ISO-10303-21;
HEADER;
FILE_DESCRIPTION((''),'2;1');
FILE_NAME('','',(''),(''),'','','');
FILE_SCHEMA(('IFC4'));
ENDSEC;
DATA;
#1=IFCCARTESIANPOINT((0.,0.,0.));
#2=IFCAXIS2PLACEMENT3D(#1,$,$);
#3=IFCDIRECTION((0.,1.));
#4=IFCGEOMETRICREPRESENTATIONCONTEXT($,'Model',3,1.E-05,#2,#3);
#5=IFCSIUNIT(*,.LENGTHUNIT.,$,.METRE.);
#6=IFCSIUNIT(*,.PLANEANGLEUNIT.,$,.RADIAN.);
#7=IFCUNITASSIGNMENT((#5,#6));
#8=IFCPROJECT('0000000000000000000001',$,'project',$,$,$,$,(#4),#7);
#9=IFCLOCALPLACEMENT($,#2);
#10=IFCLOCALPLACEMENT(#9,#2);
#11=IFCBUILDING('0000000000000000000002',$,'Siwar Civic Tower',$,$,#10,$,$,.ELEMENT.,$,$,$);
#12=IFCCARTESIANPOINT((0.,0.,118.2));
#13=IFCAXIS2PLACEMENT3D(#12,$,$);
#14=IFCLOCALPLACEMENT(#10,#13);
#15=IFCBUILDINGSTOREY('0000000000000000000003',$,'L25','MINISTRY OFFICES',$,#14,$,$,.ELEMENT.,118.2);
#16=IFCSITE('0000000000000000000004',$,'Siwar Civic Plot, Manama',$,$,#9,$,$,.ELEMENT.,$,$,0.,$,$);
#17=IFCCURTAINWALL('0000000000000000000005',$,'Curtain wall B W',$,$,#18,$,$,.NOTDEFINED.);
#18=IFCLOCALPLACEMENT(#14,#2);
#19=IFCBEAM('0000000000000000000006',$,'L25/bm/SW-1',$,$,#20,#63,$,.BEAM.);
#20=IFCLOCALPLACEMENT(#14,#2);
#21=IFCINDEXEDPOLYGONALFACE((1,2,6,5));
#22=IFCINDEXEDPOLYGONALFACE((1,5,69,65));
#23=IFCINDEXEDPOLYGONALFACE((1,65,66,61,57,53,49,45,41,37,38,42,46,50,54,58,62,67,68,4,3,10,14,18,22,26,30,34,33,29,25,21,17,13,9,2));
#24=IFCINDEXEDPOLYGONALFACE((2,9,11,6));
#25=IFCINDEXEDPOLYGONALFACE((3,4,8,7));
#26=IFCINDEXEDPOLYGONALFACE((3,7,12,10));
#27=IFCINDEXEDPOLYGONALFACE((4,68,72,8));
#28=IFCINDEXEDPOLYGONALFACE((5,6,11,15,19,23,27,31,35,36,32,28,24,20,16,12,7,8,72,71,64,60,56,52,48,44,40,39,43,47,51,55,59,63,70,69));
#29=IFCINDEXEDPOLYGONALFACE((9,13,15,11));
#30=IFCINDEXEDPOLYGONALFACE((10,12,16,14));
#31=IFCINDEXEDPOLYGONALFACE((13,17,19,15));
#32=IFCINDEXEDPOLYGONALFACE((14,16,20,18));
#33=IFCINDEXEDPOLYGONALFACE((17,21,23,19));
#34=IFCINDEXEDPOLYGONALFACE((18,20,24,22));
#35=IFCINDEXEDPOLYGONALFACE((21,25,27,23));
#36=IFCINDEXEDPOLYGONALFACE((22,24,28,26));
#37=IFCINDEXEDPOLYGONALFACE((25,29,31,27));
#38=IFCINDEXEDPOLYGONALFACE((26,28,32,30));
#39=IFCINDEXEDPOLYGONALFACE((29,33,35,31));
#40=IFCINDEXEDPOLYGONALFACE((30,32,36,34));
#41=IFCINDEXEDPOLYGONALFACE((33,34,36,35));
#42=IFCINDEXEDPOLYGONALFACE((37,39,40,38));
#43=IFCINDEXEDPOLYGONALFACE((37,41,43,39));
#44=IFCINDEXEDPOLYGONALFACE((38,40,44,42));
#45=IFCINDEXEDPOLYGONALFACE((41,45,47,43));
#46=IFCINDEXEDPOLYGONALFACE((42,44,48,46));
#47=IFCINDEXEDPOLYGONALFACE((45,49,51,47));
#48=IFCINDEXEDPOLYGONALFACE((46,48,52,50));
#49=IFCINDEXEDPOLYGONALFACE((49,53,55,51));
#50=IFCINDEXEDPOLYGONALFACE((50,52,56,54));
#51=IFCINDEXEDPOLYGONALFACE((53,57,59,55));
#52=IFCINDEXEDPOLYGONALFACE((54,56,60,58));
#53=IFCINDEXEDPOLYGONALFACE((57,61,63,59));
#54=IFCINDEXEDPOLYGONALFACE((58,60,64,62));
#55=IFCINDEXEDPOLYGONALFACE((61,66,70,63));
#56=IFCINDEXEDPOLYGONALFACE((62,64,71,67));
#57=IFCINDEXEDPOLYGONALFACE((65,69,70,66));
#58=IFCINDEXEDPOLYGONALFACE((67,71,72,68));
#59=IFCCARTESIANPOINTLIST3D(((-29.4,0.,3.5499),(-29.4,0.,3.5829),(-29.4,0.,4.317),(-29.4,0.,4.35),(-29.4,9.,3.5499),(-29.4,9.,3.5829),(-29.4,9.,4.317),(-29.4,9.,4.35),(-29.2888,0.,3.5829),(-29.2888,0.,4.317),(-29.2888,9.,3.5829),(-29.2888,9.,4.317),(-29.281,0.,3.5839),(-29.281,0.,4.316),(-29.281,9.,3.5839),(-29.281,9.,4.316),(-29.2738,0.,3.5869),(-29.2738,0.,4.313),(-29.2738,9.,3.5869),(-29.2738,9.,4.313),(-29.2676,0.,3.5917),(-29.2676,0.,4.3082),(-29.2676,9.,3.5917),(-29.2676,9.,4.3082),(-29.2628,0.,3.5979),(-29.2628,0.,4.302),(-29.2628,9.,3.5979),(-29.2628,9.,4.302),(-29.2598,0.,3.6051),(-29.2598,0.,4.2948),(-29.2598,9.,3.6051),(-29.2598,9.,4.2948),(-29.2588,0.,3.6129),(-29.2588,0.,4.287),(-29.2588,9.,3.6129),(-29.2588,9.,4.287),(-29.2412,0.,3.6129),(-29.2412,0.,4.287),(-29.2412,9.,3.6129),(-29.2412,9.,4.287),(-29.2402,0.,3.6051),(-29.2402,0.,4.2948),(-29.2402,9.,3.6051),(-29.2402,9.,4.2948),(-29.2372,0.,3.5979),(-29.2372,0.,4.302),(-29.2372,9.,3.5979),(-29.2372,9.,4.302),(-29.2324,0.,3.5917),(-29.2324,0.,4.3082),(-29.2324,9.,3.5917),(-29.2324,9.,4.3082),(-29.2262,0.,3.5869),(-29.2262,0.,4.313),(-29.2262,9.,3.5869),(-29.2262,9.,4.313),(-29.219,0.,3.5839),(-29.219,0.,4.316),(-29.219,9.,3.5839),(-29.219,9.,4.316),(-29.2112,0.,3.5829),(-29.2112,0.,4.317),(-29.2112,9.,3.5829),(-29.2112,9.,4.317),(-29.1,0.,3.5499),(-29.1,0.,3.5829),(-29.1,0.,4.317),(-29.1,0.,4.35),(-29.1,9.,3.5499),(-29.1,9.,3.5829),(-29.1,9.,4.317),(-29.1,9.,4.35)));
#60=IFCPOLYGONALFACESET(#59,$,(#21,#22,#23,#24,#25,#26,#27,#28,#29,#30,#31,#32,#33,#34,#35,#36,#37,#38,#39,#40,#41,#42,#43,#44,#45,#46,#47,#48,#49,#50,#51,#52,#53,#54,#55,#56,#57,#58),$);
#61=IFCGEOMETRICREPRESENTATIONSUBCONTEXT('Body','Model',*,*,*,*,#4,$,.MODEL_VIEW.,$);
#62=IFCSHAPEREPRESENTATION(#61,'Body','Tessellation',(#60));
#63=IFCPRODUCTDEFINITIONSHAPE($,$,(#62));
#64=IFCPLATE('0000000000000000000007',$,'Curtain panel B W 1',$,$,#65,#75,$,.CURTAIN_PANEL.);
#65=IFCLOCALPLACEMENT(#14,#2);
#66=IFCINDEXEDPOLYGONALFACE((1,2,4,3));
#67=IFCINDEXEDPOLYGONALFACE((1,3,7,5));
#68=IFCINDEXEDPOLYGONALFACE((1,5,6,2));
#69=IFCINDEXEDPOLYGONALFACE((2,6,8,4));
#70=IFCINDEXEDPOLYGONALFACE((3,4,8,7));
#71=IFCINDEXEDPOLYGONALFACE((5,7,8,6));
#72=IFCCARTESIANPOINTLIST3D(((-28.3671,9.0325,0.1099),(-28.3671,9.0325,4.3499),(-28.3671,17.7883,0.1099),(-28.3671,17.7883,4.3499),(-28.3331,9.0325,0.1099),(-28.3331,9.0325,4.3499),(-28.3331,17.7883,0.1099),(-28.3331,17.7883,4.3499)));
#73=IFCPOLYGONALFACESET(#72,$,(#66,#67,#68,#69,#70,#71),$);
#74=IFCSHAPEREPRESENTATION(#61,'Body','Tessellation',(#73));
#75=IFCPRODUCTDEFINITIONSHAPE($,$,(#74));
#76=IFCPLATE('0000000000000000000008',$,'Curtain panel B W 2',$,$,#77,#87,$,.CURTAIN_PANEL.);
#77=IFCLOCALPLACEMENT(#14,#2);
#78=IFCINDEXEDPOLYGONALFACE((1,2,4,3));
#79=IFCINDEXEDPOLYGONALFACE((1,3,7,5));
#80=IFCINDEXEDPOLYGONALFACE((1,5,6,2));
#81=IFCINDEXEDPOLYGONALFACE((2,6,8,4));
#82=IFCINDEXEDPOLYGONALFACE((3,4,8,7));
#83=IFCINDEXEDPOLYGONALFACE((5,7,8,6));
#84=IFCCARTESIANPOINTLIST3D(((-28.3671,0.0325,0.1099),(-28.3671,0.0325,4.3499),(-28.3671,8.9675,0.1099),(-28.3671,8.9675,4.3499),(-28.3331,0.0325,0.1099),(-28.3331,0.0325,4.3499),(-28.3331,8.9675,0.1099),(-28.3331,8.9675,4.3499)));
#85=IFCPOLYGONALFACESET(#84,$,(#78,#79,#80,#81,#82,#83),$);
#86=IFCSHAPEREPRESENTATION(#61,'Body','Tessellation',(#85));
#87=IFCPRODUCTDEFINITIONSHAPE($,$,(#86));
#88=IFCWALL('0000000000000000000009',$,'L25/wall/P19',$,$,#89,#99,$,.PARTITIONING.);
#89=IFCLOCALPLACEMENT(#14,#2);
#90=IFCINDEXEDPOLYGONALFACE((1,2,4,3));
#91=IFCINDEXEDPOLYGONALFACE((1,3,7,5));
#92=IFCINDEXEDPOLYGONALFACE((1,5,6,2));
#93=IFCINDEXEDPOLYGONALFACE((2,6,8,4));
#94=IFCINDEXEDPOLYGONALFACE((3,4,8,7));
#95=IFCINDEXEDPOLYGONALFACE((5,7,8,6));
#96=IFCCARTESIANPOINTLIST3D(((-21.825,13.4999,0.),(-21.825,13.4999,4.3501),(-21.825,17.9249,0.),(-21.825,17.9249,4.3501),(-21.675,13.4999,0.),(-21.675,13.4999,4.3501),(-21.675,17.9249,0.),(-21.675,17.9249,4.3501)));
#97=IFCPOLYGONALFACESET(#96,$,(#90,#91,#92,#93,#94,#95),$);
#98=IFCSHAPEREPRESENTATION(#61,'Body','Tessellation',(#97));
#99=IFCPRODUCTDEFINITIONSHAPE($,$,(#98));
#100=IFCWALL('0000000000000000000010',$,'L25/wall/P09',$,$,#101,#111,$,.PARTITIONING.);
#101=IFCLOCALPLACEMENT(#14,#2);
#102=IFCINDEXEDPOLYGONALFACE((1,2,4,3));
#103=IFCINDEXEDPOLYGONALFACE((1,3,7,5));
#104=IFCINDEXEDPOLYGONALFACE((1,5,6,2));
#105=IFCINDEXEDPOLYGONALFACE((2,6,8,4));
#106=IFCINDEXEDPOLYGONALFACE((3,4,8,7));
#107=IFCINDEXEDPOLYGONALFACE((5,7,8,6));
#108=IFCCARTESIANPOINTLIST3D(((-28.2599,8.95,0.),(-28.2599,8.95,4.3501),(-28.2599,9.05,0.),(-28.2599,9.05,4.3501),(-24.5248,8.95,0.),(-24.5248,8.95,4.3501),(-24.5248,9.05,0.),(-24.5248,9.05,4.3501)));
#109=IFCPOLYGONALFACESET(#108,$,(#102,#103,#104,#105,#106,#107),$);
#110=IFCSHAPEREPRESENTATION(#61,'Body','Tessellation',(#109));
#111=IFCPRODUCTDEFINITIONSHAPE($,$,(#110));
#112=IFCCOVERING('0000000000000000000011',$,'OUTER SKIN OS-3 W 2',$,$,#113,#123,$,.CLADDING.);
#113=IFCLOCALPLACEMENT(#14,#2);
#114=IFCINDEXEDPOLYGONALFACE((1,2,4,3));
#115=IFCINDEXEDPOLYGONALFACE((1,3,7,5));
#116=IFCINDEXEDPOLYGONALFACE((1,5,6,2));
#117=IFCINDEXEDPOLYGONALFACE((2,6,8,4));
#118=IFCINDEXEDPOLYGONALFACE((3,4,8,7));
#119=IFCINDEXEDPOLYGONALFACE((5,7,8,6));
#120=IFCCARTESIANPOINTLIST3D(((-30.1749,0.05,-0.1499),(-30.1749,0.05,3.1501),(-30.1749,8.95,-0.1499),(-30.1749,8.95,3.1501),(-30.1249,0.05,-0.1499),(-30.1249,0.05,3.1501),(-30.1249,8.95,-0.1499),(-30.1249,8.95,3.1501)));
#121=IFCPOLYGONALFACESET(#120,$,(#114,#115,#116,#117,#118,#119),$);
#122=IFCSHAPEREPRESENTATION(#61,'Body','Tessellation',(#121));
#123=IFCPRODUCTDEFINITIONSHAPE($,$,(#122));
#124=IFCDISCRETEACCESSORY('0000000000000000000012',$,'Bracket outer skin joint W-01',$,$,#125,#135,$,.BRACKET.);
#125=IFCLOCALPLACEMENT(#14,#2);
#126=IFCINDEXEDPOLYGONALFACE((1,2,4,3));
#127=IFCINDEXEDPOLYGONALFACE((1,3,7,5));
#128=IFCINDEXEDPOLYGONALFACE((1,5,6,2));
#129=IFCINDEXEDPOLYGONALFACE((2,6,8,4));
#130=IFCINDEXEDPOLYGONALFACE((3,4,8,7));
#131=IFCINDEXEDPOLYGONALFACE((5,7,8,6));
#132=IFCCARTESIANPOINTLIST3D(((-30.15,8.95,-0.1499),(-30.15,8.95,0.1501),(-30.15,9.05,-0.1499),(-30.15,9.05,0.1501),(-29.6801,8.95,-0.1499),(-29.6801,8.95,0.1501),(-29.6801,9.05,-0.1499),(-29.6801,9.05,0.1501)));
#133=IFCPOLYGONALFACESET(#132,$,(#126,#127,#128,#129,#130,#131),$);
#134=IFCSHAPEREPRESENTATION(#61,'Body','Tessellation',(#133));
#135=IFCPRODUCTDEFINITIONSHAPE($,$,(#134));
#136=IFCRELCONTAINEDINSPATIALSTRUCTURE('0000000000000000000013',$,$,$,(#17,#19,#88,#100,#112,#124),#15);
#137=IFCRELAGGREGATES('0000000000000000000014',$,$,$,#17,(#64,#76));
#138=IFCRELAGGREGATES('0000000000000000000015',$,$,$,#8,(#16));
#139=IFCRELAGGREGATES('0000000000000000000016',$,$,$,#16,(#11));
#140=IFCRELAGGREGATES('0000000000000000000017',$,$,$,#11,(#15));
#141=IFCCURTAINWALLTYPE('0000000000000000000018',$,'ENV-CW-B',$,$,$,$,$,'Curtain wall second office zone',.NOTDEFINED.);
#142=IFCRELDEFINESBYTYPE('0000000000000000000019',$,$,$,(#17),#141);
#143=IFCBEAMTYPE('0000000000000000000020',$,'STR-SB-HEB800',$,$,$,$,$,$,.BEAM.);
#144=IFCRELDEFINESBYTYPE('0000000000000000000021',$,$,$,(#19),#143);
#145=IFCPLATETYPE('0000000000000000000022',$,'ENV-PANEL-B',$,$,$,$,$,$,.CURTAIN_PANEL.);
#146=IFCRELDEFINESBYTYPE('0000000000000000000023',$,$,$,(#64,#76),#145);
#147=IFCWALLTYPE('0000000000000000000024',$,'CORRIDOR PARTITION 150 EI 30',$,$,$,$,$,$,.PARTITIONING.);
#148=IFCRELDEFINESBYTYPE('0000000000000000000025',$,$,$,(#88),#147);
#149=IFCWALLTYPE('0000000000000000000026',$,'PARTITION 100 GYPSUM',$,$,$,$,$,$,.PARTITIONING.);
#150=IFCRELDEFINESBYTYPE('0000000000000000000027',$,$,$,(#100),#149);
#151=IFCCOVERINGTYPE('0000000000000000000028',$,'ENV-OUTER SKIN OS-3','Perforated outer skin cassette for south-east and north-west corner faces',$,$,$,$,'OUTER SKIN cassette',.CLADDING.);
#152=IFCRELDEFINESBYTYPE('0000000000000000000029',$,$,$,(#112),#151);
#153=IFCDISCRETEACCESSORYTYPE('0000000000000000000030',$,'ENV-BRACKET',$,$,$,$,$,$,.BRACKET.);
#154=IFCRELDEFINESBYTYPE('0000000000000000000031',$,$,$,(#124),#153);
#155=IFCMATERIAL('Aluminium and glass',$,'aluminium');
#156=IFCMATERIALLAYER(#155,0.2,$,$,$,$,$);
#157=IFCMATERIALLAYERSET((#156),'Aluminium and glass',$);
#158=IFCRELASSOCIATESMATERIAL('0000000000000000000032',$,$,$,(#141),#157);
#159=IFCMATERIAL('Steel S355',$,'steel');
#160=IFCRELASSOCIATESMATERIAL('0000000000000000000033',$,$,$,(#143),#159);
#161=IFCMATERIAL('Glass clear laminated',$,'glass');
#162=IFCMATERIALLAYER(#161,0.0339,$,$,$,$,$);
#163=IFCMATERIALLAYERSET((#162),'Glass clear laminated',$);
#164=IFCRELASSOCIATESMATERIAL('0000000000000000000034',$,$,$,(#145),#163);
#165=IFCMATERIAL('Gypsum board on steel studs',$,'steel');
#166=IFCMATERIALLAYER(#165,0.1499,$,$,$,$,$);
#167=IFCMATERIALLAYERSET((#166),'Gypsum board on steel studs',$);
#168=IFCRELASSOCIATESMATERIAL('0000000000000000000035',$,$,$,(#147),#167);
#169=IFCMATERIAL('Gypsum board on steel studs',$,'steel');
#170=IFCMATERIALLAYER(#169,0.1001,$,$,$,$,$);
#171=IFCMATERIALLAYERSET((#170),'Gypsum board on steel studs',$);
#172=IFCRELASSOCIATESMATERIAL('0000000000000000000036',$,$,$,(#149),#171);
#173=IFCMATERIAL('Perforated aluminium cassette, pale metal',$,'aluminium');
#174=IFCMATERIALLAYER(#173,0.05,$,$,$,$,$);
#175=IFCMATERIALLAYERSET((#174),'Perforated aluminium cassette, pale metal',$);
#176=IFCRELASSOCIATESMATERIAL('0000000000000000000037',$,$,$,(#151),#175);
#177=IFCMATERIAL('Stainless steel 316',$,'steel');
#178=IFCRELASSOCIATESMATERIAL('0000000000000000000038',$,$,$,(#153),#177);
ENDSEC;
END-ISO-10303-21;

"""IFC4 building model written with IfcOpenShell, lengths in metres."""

from ifc_helpers import new_model, si_unit, direction, frame, frame_2d, origin, origin_2d, place, context, subcontext, project, spatial, rectangle, i_section, extrude, material, layer, layer_set, material_profile, profile_set, type_object, element, aggregate, save


model = new_model("IFC4")

# Units and contexts
model_context = context("Model", 3, precision=1e-05, world=origin(), true_north=direction((0.0, 1.0)))
body_context = subcontext(model_context, "Body", "Model", "MODEL_VIEW")
ifc_project = project(units=[si_unit("LENGTHUNIT", "METRE"), si_unit("PLANEANGLEUNIT", "RADIAN")], contexts=[model_context])

# Site, building, storey
site_placement = place(None, origin())
site = spatial("IfcSite", under=ifc_project, at=site_placement, Name="Siwar Civic Plot, Manama", CompositionType="ELEMENT", RefElevation=0.0)
building_placement = place(site_placement, origin())
building = spatial("IfcBuilding", under=site, at=building_placement, Name="Siwar Civic Tower", CompositionType="ELEMENT")
storey_placement = place(building_placement, frame((0.0, 0.0, 118.2)))
storey = spatial("IfcBuildingStorey", under=building, at=storey_placement, Name="L25", Description="MINISTRY OFFICES", CompositionType="ELEMENT", Elevation=118.2)

# Curtain wall
ifc_material_1 = material(Name="Aluminium and glass", Category="aluminium")
ifc_layer_1 = layer(ifc_material_1, 0.2)
ifc_layer_set_1 = layer_set([ifc_layer_1], Name="Aluminium and glass")
curtain_wall_type = type_object("IfcCurtainWallType", Name="ENV-CW-B", ElementType="Curtain wall second office zone", PredefinedType="NOTDEFINED", material=ifc_layer_set_1)
curtain_wall_placement = place(storey_placement, origin())
curtain_wall = element("IfcCurtainWall", 1, at=curtain_wall_placement, inside=storey, type_object=curtain_wall_type, Name="Curtain wall B W", PredefinedType="NOTDEFINED")

# Beam
ifc_material_2 = material(Name="Steel S355", Category="steel")
ifc_material_profile_1 = material_profile(ifc_material_2, i_section(OverallWidth=0.3, OverallDepth=0.8, WebThickness=0.0176, FlangeThickness=0.033, FilletRadius=0.03, at=origin_2d()), Name="HEB800")
ifc_profile_set_1 = profile_set([ifc_material_profile_1], Name="Steel S355")
beam_type_1 = type_object("IfcBeamType", Name="STR-SB-HEB800", PredefinedType="BEAM", material=ifc_profile_set_1)
beam_1_placement = place(storey_placement, frame((-29.25, 9.0, 3.95), z_axis=(0.0, -1.0, 0.0), x_axis=(1.0, 0.0, 0.0)))
element("IfcBeam", 2, at=beam_1_placement, inside=storey, type_object=beam_type_1, Name="L25/bm/SW-1", PredefinedType="BEAM", context=body_context, shape_type="SweptSolid", body=[
    extrude(i_section(OverallWidth=0.3, OverallDepth=0.8, WebThickness=0.0176, FlangeThickness=0.033, FilletRadius=0.03, at=origin_2d()), origin(), (0.0, 0.0, 1.0), 9.0),
])

# Plates
ifc_material_3 = material(Name="Glass clear laminated", Category="glass")
ifc_layer_2 = layer(ifc_material_3, 0.0339)
ifc_layer_set_2 = layer_set([ifc_layer_2], Name="Glass clear laminated")
plate_type = type_object("IfcPlateType", Name="ENV-PANEL-B", PredefinedType="CURTAIN_PANEL", material=ifc_layer_set_2)
plate_1_placement = place(storey_placement, frame((-28.3501, 13.4104, 0.1099), z_axis=(0.0, 0.0, 1.0), x_axis=(0.0, -1.0, 0.0)))
plate_1 = element("IfcPlate", 3, at=plate_1_placement, type_object=plate_type, Name="Curtain panel B W 1", PredefinedType="CURTAIN_PANEL", context=body_context, shape_type="SweptSolid", body=[
    extrude(rectangle(XDim=8.7559, YDim=0.0339, at=origin_2d()), origin(), (0.0, 0.0, 1.0), 4.24),
])
plate_2_placement = place(storey_placement, frame((-28.3501, 4.5, 0.1099), z_axis=(0.0, 0.0, 1.0), x_axis=(0.0, -1.0, 0.0)))
plate_2 = element("IfcPlate", 4, at=plate_2_placement, type_object=plate_type, Name="Curtain panel B W 2", PredefinedType="CURTAIN_PANEL", context=body_context, shape_type="SweptSolid", body=[
    extrude(rectangle(XDim=8.9351, YDim=0.0339, at=origin_2d()), origin(), (0.0, 0.0, 1.0), 4.24),
])
aggregate(curtain_wall, [plate_1, plate_2])

# Walls
ifc_material_4 = material(Name="Gypsum board on steel studs", Category="steel")
ifc_layer_3 = layer(ifc_material_4, 0.1499)
ifc_layer_set_3 = layer_set([ifc_layer_3], Name="Gypsum board on steel studs")
wall_type_1 = type_object("IfcWallType", Name="CORRIDOR PARTITION 150 EI 30", PredefinedType="PARTITIONING", material=ifc_layer_set_3)
wall_1_placement = place(storey_placement, frame((-21.75, 13.5, 0.0), z_axis=(0.0, 0.0, 1.0), x_axis=(0.0, 1.0, 0.0)))
element("IfcWall", 5, at=wall_1_placement, inside=storey, type_object=wall_type_1, Name="L25/wall/P19", PredefinedType="PARTITIONING", context=body_context, shape_type="SweptSolid", body=[
    extrude(rectangle(XDim=4.425, YDim=0.1499, at=frame_2d((2.2124, 0.0))), origin(), (0.0, 0.0, 1.0), 4.3501),
])
ifc_material_5 = material(Name="Gypsum board on steel studs", Category="steel")
ifc_layer_4 = layer(ifc_material_5, 0.1001)
ifc_layer_set_4 = layer_set([ifc_layer_4], Name="Gypsum board on steel studs")
wall_type_2 = type_object("IfcWallType", Name="PARTITION 100 GYPSUM", PredefinedType="PARTITIONING", material=ifc_layer_set_4)
wall_2_placement = place(storey_placement, frame((-28.26, 9.0, 0.0), z_axis=(0.0, 0.0, 1.0), x_axis=(1.0, 0.0, 0.0)))
element("IfcWall", 6, at=wall_2_placement, inside=storey, type_object=wall_type_2, Name="L25/wall/P09", PredefinedType="PARTITIONING", context=body_context, shape_type="SweptSolid", body=[
    extrude(rectangle(XDim=3.7351, YDim=0.1001, at=frame_2d((1.8677, 0.0))), origin(), (0.0, 0.0, 1.0), 4.3501),
])

# Covering
ifc_material_6 = material(Name="Perforated aluminium cassette, pale metal", Category="aluminium")
ifc_layer_5 = layer(ifc_material_6, 0.05)
ifc_layer_set_5 = layer_set([ifc_layer_5], Name="Perforated aluminium cassette, pale metal")
covering_type = type_object("IfcCoveringType", Name="ENV-OUTER SKIN OS-3", Description="Perforated outer skin cassette for south-east and north-west corner faces", ElementType="OUTER SKIN cassette", PredefinedType="CLADDING", material=ifc_layer_set_5)
covering_placement = place(storey_placement, frame((-30.1499, 4.5, -0.1499), z_axis=(0.0, 0.0, 1.0), x_axis=(0.0, -1.0, 0.0)))
element("IfcCovering", 7, at=covering_placement, inside=storey, type_object=covering_type, Name="OUTER SKIN OS-3 W 2", PredefinedType="CLADDING", context=body_context, shape_type="SweptSolid", body=[
    extrude(rectangle(XDim=8.8999, YDim=0.05, at=origin_2d()), origin(), (0.0, 0.0, 1.0), 3.3),
])

# Discrete accessory
ifc_material_7 = material(Name="Stainless steel 316", Category="steel")
discrete_accessory_type = type_object("IfcDiscreteAccessoryType", Name="ENV-BRACKET", PredefinedType="BRACKET", material=ifc_material_7)
discrete_accessory_placement = place(storey_placement, frame((-29.915, 9.0, -0.1499), z_axis=(0.0, 0.0, 1.0), x_axis=(-1.0, 0.0, 0.0)))
element("IfcDiscreteAccessory", 8, at=discrete_accessory_placement, inside=storey, type_object=discrete_accessory_type, Name="Bracket outer skin joint W-01", PredefinedType="BRACKET", context=body_context, shape_type="SweptSolid", body=[
    extrude(rectangle(XDim=0.47, YDim=0.1001, at=origin_2d()), origin(), (0.0, 0.0, 1.0), 0.3),
])

save(model, "model.ifc")
